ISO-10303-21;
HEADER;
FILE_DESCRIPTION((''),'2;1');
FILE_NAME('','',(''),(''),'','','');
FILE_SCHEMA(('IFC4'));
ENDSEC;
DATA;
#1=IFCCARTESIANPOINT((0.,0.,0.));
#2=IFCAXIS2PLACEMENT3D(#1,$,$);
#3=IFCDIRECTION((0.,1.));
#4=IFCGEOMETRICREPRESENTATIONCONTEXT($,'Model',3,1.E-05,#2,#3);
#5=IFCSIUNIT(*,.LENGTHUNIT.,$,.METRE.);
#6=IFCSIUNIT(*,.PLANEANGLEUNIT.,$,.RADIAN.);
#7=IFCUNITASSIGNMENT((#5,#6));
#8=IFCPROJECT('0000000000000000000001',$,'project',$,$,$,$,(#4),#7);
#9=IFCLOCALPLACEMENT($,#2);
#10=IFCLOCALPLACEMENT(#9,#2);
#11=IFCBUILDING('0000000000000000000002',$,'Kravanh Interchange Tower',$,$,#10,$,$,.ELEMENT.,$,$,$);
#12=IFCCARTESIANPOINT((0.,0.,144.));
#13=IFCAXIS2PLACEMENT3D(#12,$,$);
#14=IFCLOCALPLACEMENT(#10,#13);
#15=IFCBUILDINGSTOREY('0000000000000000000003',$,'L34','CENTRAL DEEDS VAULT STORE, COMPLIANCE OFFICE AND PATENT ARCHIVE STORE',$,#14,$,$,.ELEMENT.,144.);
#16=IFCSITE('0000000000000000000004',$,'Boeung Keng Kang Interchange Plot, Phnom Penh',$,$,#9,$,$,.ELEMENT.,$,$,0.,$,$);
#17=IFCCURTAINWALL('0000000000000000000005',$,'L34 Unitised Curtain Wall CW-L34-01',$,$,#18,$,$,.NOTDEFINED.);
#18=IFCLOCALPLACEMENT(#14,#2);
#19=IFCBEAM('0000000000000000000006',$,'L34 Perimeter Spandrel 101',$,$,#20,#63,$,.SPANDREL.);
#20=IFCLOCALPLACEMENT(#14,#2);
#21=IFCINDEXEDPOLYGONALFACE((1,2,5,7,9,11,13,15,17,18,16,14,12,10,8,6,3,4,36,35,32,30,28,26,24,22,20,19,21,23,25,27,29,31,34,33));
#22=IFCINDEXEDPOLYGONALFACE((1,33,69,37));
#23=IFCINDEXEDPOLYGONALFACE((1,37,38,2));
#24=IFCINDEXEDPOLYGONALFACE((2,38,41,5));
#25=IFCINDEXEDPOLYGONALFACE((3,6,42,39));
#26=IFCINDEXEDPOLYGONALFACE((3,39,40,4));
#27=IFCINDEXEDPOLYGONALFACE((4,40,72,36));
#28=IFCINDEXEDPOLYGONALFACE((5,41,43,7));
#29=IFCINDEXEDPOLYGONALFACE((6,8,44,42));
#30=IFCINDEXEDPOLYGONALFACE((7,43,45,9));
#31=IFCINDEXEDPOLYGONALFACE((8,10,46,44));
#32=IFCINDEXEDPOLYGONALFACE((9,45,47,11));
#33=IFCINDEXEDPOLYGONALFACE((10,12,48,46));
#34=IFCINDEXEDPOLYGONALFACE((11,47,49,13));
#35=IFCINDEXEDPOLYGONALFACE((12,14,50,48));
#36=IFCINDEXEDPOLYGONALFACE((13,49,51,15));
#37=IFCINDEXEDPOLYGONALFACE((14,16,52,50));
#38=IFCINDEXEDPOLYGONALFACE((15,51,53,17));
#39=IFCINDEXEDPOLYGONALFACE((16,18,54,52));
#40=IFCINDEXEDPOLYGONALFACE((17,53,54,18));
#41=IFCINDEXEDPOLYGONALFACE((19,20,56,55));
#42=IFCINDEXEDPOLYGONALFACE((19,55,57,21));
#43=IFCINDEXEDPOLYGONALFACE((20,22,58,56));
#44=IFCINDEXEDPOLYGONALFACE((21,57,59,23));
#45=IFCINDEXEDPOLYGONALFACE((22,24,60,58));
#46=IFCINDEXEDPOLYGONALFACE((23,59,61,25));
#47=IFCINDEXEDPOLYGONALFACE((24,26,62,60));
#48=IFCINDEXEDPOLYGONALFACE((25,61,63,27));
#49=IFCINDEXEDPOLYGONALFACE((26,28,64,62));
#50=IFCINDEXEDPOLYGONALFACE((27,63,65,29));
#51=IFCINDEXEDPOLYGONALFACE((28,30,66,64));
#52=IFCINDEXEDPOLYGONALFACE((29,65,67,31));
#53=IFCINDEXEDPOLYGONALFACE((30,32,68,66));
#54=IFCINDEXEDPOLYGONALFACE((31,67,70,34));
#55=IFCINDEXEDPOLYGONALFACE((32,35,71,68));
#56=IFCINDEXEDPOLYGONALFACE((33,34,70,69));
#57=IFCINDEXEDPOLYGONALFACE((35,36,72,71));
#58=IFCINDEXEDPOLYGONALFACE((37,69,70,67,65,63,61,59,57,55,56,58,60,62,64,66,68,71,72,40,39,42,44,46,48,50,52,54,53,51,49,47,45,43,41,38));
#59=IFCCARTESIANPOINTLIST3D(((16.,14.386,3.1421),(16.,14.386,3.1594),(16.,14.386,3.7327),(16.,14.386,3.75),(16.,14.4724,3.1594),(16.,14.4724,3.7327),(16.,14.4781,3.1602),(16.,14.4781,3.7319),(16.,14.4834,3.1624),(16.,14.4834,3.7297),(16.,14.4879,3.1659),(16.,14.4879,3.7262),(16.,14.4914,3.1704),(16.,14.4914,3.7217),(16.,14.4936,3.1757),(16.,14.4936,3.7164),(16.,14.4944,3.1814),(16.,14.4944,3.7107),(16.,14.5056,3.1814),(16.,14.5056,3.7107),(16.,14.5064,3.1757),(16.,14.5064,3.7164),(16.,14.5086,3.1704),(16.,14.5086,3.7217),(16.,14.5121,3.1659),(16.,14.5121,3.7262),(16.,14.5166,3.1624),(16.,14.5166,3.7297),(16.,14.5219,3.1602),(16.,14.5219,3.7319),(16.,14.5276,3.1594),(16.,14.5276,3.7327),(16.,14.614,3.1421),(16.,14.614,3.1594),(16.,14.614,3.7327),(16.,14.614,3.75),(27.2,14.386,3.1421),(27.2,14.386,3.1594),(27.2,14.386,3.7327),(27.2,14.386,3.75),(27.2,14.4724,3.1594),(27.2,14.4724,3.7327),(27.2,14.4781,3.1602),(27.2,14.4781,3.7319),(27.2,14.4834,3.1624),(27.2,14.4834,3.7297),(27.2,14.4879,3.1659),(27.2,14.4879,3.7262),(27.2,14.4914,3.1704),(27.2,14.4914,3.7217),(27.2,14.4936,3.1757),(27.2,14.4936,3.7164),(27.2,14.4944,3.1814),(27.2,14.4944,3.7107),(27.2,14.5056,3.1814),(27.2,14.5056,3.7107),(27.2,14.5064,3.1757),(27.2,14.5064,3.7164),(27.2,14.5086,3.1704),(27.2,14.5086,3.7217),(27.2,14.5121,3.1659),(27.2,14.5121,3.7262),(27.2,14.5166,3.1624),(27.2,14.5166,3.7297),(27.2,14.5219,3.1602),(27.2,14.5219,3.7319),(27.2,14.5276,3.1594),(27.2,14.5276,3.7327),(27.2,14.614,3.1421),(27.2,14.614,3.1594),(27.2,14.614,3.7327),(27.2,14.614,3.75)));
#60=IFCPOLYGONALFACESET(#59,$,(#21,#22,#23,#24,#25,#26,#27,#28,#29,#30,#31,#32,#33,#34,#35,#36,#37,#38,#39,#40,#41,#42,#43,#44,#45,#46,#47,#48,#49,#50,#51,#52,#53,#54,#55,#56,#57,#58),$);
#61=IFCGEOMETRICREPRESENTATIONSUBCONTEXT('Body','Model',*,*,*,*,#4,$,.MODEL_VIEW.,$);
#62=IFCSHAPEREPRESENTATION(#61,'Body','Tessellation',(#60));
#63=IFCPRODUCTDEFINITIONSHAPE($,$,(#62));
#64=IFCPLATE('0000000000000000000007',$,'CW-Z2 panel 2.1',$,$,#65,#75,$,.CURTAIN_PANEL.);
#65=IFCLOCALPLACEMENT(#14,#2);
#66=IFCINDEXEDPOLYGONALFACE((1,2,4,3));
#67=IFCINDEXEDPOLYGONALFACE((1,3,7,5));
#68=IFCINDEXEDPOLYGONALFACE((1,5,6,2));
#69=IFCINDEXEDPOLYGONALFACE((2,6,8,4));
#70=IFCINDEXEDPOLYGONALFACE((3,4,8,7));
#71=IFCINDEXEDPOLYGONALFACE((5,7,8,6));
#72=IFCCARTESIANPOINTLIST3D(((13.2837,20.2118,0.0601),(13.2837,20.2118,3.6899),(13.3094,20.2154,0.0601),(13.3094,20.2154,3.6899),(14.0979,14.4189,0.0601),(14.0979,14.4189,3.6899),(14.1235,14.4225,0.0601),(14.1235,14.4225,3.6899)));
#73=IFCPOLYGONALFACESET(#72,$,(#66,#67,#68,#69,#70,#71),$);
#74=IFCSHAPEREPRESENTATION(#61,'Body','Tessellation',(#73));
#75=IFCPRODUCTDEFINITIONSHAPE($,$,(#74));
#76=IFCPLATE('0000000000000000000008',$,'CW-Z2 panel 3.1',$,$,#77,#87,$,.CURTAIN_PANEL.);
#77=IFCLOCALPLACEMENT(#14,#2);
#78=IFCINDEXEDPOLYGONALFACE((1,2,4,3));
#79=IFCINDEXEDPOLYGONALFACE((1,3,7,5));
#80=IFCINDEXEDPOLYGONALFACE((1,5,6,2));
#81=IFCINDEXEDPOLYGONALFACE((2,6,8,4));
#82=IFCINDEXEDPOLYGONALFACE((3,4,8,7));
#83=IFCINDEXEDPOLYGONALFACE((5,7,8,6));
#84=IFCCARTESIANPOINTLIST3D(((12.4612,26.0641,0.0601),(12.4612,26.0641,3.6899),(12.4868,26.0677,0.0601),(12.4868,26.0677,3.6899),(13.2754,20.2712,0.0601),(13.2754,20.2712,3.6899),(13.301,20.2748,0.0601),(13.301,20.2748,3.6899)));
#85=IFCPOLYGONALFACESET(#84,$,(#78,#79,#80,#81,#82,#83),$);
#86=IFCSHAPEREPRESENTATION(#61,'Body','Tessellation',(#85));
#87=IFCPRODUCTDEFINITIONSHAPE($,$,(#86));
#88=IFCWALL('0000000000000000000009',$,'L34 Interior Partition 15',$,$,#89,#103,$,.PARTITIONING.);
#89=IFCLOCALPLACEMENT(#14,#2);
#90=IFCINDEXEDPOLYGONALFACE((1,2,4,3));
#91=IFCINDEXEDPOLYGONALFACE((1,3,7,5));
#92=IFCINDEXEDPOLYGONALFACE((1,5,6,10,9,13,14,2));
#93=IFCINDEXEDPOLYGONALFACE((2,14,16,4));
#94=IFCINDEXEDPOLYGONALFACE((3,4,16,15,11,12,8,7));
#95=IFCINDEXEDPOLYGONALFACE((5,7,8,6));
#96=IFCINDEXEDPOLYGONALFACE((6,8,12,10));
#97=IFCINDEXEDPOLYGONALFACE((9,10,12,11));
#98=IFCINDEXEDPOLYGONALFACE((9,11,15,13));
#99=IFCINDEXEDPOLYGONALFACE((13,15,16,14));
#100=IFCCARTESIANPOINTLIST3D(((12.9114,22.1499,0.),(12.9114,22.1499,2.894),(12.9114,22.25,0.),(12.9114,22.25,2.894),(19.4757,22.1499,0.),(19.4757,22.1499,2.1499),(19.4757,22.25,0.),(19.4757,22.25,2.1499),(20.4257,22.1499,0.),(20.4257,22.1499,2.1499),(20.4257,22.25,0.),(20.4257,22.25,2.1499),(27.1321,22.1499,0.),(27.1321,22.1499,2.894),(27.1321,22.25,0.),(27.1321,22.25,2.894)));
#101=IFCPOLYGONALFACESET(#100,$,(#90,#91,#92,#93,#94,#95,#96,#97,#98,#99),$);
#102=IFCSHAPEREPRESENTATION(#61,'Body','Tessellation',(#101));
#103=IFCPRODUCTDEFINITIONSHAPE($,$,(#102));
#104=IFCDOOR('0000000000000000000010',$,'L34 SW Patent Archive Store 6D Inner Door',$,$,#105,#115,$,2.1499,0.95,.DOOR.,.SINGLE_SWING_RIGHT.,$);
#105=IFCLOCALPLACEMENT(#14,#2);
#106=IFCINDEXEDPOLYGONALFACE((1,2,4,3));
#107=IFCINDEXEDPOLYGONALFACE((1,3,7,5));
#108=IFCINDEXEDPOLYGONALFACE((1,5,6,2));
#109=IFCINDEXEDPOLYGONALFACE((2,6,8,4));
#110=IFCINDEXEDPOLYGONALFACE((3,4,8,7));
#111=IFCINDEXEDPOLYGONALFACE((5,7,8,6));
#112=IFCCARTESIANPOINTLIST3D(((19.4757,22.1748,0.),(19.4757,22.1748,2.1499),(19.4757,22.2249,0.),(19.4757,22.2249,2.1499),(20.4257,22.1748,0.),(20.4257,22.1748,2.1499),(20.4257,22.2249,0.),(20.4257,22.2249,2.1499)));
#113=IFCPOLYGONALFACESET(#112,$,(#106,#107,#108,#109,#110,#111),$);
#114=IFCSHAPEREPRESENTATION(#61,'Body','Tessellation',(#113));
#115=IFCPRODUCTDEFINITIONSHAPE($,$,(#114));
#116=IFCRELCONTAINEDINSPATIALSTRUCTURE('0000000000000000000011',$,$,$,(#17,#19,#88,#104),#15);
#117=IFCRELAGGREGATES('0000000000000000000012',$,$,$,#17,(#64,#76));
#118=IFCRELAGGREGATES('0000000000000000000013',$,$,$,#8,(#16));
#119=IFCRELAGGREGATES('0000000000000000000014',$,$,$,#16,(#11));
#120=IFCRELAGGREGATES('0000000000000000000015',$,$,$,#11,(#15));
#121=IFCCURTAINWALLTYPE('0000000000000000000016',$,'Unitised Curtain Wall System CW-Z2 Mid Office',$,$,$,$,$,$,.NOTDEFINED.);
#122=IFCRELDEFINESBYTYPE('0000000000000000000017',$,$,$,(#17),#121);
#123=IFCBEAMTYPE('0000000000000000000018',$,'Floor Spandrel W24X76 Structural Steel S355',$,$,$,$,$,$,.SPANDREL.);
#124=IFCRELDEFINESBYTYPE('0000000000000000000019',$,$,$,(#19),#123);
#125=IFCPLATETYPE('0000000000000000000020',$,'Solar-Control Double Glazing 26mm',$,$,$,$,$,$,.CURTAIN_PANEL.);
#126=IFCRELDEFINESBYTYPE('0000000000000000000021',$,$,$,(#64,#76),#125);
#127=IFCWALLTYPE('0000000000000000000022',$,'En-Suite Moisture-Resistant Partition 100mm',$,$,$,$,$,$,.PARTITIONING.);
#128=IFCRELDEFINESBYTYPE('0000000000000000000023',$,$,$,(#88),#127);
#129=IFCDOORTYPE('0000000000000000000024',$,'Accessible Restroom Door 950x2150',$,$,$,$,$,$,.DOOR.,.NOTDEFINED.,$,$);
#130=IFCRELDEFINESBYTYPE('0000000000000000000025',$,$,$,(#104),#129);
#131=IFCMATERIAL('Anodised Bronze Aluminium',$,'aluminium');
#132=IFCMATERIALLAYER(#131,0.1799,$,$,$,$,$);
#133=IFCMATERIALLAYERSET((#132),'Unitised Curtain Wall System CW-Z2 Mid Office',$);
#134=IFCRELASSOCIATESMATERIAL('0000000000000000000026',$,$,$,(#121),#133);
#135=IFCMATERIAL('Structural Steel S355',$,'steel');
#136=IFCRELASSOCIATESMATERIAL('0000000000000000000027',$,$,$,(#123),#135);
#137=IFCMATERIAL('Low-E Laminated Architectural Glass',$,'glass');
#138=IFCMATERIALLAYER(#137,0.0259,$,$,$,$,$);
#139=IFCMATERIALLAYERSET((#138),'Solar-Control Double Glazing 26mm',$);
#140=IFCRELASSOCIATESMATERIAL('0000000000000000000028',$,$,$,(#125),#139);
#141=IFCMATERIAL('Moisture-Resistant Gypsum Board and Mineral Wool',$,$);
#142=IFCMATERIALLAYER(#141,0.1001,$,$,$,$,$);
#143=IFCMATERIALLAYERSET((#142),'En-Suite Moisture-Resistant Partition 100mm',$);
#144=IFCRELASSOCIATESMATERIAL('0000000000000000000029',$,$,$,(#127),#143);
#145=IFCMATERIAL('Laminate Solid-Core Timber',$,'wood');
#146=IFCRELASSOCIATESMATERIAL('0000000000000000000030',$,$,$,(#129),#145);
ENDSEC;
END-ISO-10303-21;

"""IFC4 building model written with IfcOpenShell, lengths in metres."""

from ifc_helpers import new_model, si_unit, direction, frame, frame_2d, origin, origin_2d, place, context, subcontext, project, spatial, rectangle, i_section, extrude, material, layer, layer_set, material_profile, profile_set, type_object, element, fill, aggregate, save


model = new_model("IFC4")

# Units and contexts
model_context = context("Model", 3, precision=1e-05, world=origin(), true_north=direction((0.0, 1.0)))
body_context = subcontext(model_context, "Body", "Model", "MODEL_VIEW")
ifc_project = project(units=[si_unit("LENGTHUNIT", "METRE"), si_unit("PLANEANGLEUNIT", "RADIAN")], contexts=[model_context])

# Site, building, storey
site_placement = place(None, origin())
site = spatial("IfcSite", under=ifc_project, at=site_placement, Name="Boeung Keng Kang Interchange Plot, Phnom Penh", CompositionType="ELEMENT", RefElevation=0.0)
building_placement = place(site_placement, origin())
building = spatial("IfcBuilding", under=site, at=building_placement, Name="Kravanh Interchange Tower", CompositionType="ELEMENT")
storey_placement = place(building_placement, frame((0.0, 0.0, 144.0)))
storey = spatial("IfcBuildingStorey", under=building, at=storey_placement, Name="L34", Description="CENTRAL DEEDS VAULT STORE, COMPLIANCE OFFICE AND PATENT ARCHIVE STORE", CompositionType="ELEMENT", Elevation=144.0)

# Curtain wall
ifc_material_1 = material(Name="Anodised Bronze Aluminium", Category="aluminium")
ifc_layer_1 = layer(ifc_material_1, 0.1799)
ifc_layer_set_1 = layer_set([ifc_layer_1], Name="Unitised Curtain Wall System CW-Z2 Mid Office")
curtain_wall_type = type_object("IfcCurtainWallType", Name="Unitised Curtain Wall System CW-Z2 Mid Office", PredefinedType="NOTDEFINED", material=ifc_layer_set_1)
curtain_wall_placement = place(storey_placement, origin())
curtain_wall = element("IfcCurtainWall", 1, at=curtain_wall_placement, inside=storey, type_object=curtain_wall_type, Name="L34 Unitised Curtain Wall CW-L34-01", PredefinedType="NOTDEFINED")

# Beam
ifc_material_2 = material(Name="Structural Steel S355", Category="steel")
ifc_material_profile_1 = material_profile(ifc_material_2, i_section(OverallWidth=0.228, OverallDepth=0.6079, WebThickness=0.0112, FlangeThickness=0.0173, FilletRadius=0.022, at=origin_2d()), Name="W24X76")
ifc_profile_set_1 = profile_set([ifc_material_profile_1], Name="Structural Steel S355")
beam_type_1 = type_object("IfcBeamType", Name="Floor Spandrel W24X76 Structural Steel S355", PredefinedType="SPANDREL", material=ifc_profile_set_1)
beam_1_placement = place(storey_placement, frame((16.0, 14.5, 3.446), z_axis=(1.0, 0.0, 0.0), x_axis=(0.0, 1.0, 0.0)))
element("IfcBeam", 2, at=beam_1_placement, inside=storey, type_object=beam_type_1, Name="L34 Perimeter Spandrel 101", PredefinedType="SPANDREL", context=body_context, shape_type="SweptSolid", body=[
    extrude(i_section(OverallWidth=0.228, OverallDepth=0.6079, WebThickness=0.0112, FlangeThickness=0.0173, FilletRadius=0.022, at=origin_2d()), origin(), (0.0, 0.0, 1.0), 11.2),
])

# Plates
ifc_material_3 = material(Name="Low-E Laminated Architectural Glass", Category="glass")
ifc_layer_2 = layer(ifc_material_3, 0.0259)
ifc_layer_set_2 = layer_set([ifc_layer_2], Name="Solar-Control Double Glazing 26mm")
plate_type = type_object("IfcPlateType", Name="Solar-Control Double Glazing 26mm", PredefinedType="CURTAIN_PANEL", material=ifc_layer_set_2)
plate_1_placement = place(storey_placement, frame((13.7036, 17.3171, 0.0601), z_axis=(0.0, 0.0, 1.0), x_axis=(-0.139173, 0.990268, 0.0)))
plate_1 = element("IfcPlate", 3, at=plate_1_placement, type_object=plate_type, Name="CW-Z2 panel 2.1", PredefinedType="CURTAIN_PANEL", context=body_context, shape_type="SweptSolid", body=[
    extrude(rectangle(XDim=5.8499, YDim=0.0259, at=origin_2d()), origin(), (0.0, 0.0, 1.0), 3.6299),
])
plate_2_placement = place(storey_placement, frame((12.8811, 23.1694, 0.0601), z_axis=(0.0, 0.0, 1.0), x_axis=(-0.139173, 0.990268, 0.0)))
plate_2 = element("IfcPlate", 4, at=plate_2_placement, type_object=plate_type, Name="CW-Z2 panel 3.1", PredefinedType="CURTAIN_PANEL", context=body_context, shape_type="SweptSolid", body=[
    extrude(rectangle(XDim=5.8499, YDim=0.0259, at=origin_2d()), origin(), (0.0, 0.0, 1.0), 3.6299),
])
aggregate(curtain_wall, [plate_1, plate_2])

# Wall, opening, door
ifc_material_4 = material(Name="Moisture-Resistant Gypsum Board and Mineral Wool")
ifc_layer_3 = layer(ifc_material_4, 0.1001)
ifc_layer_set_3 = layer_set([ifc_layer_3], Name="En-Suite Moisture-Resistant Partition 100mm")
wall_type = type_object("IfcWallType", Name="En-Suite Moisture-Resistant Partition 100mm", PredefinedType="PARTITIONING", material=ifc_layer_set_3)
wall_placement = place(storey_placement, frame((12.9114, 22.2, 0.0), z_axis=(0.0, 0.0, 1.0), x_axis=(1.0, 0.0, 0.0)))
wall = element("IfcWall", 5, at=wall_placement, inside=storey, type_object=wall_type, Name="L34 Interior Partition 15", PredefinedType="PARTITIONING", context=body_context, shape_type="SweptSolid", body=[
    extrude(rectangle(XDim=14.2207, YDim=0.1001, at=frame_2d((7.1104, 0.0))), origin(), (0.0, 0.0, 1.0), 2.894),
])
opening_placement = place(wall_placement, frame((6.5642, 0.0, 0.0)))
opening = element("IfcOpeningElement", 6, at=opening_placement, cuts=wall, PredefinedType="OPENING", context=body_context, shape_type="SweptSolid", body=[
    extrude(rectangle(XDim=0.95, YDim=2.1499, at=frame_2d((0.4751, 1.075))), frame((0.0, 0.0601, 0.0), z_axis=(0.0, -1.0, 0.0), x_axis=(1.0, 0.0, 0.0)), (0.0, 0.0, 1.0), 0.1201),
])
ifc_material_5 = material(Name="Laminate Solid-Core Timber", Category="wood")
door_type = type_object("IfcDoorType", Name="Accessible Restroom Door 950x2150", OperationType="NOTDEFINED", PredefinedType="DOOR", material=ifc_material_5)
door_placement = place(opening_placement, origin())
door = element("IfcDoor", 7, at=door_placement, inside=storey, type_object=door_type, Name="L34 SW Patent Archive Store 6D Inner Door", OperationType="SINGLE_SWING_RIGHT", OverallHeight=2.1499, OverallWidth=0.95, PredefinedType="DOOR", context=body_context, shape_type="SweptSolid", body=[
    extrude(rectangle(XDim=0.95, YDim=2.1499, at=frame_2d((0.4751, 1.075))), frame((0.0, 0.0249, 0.0), z_axis=(0.0, -1.0, 0.0), x_axis=(1.0, 0.0, 0.0)), (0.0, 0.0, 1.0), 0.05),
])
fill(opening, door)

save(model, "model.ifc")
